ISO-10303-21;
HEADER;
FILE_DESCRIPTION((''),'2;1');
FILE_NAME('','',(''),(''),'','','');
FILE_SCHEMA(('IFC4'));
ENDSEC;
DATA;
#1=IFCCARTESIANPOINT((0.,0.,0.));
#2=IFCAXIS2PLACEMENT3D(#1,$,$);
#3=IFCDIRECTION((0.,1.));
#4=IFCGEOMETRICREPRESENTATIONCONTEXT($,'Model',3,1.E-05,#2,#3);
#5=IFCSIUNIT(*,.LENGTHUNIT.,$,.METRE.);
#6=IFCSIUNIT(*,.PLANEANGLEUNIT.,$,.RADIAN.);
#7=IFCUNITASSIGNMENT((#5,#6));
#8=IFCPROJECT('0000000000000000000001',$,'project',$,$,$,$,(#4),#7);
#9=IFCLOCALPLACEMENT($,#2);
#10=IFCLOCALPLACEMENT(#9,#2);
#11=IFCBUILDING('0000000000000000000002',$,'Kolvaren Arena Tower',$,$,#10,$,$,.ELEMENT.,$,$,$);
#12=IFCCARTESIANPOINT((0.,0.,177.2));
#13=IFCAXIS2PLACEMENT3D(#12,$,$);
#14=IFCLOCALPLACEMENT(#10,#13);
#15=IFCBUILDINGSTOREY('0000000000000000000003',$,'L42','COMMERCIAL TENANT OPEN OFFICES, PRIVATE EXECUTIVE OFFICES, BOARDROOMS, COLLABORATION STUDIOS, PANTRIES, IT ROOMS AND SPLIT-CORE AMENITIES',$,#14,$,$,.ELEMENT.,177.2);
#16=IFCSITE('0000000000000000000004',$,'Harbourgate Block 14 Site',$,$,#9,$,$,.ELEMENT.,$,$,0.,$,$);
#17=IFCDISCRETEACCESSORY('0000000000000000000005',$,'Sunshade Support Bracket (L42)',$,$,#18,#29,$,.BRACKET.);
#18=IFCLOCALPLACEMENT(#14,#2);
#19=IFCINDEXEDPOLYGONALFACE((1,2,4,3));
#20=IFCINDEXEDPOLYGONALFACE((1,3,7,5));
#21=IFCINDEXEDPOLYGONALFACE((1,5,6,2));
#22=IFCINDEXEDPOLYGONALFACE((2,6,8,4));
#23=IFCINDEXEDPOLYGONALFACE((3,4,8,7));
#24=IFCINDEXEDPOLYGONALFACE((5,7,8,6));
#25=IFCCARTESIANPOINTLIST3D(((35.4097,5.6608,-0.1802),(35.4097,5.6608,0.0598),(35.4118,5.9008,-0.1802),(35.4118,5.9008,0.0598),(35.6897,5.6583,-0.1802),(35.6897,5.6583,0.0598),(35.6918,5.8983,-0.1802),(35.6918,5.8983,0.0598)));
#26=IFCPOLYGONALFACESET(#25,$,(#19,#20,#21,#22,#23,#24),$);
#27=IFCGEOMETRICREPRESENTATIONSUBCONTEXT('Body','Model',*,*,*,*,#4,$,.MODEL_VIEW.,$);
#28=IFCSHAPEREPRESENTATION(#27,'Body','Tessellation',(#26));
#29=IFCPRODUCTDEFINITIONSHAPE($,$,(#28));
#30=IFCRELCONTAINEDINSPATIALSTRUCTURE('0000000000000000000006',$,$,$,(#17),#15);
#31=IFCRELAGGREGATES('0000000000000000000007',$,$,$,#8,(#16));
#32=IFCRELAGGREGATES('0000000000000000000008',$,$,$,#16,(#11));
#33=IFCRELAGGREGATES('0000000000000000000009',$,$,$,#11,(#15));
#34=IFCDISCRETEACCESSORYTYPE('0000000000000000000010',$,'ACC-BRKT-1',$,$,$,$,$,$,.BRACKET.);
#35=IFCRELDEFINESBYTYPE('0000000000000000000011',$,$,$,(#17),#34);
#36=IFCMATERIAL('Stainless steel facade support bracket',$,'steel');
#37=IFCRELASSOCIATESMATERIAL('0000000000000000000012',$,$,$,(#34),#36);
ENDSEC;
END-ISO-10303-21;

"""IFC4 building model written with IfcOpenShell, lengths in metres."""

from ifc_helpers import new_model, si_unit, direction, frame, origin, origin_2d, place, context, subcontext, project, spatial, rectangle, extrude, material, type_object, element, save


model = new_model("IFC4")

# Units and contexts
model_context = context("Model", 3, precision=1e-05, world=origin(), true_north=direction((0.0, 1.0)))
body_context = subcontext(model_context, "Body", "Model", "MODEL_VIEW")
ifc_project = project(units=[si_unit("LENGTHUNIT", "METRE"), si_unit("PLANEANGLEUNIT", "RADIAN")], contexts=[model_context])

# Site, building, storey
site_placement = place(None, origin())
site = spatial("IfcSite", under=ifc_project, at=site_placement, Name="Harbourgate Block 14 Site", CompositionType="ELEMENT", RefElevation=0.0)
building_placement = place(site_placement, origin())
building = spatial("IfcBuilding", under=site, at=building_placement, Name="Kolvaren Arena Tower", CompositionType="ELEMENT")
storey_placement = place(building_placement, frame((0.0, 0.0, 177.2)))
storey = spatial("IfcBuildingStorey", under=building, at=storey_placement, Name="L42", Description="COMMERCIAL TENANT OPEN OFFICES, PRIVATE EXECUTIVE OFFICES, BOARDROOMS, COLLABORATION STUDIOS, PANTRIES, IT ROOMS AND SPLIT-CORE AMENITIES", CompositionType="ELEMENT", Elevation=177.2)

# Discrete accessory
ifc_material_1 = material(Name="Stainless steel facade support bracket", Category="steel")
discrete_accessory_type = type_object("IfcDiscreteAccessoryType", Name="ACC-BRKT-1", PredefinedType="BRACKET", material=ifc_material_1)
for number, where, z_axis, x_axis, name in (
    (1, (35.5508, 5.7795, -0.1802), (0.0, 0.0, 1.0), (-0.999962, 0.008727, 0.0), "Sunshade Support Bracket (L42)"),
):
    element("IfcDiscreteAccessory", number, at=place(storey_placement, frame(where, z_axis=z_axis, x_axis=x_axis)), inside=storey, type_object=discrete_accessory_type, Name=name, PredefinedType="BRACKET", context=body_context, shape_type="SweptSolid", body=[
        extrude(rectangle(XDim=0.28, YDim=0.24, at=origin_2d()), origin(), (0.0, 0.0, 1.0), 0.24),
    ])

save(model, "model.ifc")
